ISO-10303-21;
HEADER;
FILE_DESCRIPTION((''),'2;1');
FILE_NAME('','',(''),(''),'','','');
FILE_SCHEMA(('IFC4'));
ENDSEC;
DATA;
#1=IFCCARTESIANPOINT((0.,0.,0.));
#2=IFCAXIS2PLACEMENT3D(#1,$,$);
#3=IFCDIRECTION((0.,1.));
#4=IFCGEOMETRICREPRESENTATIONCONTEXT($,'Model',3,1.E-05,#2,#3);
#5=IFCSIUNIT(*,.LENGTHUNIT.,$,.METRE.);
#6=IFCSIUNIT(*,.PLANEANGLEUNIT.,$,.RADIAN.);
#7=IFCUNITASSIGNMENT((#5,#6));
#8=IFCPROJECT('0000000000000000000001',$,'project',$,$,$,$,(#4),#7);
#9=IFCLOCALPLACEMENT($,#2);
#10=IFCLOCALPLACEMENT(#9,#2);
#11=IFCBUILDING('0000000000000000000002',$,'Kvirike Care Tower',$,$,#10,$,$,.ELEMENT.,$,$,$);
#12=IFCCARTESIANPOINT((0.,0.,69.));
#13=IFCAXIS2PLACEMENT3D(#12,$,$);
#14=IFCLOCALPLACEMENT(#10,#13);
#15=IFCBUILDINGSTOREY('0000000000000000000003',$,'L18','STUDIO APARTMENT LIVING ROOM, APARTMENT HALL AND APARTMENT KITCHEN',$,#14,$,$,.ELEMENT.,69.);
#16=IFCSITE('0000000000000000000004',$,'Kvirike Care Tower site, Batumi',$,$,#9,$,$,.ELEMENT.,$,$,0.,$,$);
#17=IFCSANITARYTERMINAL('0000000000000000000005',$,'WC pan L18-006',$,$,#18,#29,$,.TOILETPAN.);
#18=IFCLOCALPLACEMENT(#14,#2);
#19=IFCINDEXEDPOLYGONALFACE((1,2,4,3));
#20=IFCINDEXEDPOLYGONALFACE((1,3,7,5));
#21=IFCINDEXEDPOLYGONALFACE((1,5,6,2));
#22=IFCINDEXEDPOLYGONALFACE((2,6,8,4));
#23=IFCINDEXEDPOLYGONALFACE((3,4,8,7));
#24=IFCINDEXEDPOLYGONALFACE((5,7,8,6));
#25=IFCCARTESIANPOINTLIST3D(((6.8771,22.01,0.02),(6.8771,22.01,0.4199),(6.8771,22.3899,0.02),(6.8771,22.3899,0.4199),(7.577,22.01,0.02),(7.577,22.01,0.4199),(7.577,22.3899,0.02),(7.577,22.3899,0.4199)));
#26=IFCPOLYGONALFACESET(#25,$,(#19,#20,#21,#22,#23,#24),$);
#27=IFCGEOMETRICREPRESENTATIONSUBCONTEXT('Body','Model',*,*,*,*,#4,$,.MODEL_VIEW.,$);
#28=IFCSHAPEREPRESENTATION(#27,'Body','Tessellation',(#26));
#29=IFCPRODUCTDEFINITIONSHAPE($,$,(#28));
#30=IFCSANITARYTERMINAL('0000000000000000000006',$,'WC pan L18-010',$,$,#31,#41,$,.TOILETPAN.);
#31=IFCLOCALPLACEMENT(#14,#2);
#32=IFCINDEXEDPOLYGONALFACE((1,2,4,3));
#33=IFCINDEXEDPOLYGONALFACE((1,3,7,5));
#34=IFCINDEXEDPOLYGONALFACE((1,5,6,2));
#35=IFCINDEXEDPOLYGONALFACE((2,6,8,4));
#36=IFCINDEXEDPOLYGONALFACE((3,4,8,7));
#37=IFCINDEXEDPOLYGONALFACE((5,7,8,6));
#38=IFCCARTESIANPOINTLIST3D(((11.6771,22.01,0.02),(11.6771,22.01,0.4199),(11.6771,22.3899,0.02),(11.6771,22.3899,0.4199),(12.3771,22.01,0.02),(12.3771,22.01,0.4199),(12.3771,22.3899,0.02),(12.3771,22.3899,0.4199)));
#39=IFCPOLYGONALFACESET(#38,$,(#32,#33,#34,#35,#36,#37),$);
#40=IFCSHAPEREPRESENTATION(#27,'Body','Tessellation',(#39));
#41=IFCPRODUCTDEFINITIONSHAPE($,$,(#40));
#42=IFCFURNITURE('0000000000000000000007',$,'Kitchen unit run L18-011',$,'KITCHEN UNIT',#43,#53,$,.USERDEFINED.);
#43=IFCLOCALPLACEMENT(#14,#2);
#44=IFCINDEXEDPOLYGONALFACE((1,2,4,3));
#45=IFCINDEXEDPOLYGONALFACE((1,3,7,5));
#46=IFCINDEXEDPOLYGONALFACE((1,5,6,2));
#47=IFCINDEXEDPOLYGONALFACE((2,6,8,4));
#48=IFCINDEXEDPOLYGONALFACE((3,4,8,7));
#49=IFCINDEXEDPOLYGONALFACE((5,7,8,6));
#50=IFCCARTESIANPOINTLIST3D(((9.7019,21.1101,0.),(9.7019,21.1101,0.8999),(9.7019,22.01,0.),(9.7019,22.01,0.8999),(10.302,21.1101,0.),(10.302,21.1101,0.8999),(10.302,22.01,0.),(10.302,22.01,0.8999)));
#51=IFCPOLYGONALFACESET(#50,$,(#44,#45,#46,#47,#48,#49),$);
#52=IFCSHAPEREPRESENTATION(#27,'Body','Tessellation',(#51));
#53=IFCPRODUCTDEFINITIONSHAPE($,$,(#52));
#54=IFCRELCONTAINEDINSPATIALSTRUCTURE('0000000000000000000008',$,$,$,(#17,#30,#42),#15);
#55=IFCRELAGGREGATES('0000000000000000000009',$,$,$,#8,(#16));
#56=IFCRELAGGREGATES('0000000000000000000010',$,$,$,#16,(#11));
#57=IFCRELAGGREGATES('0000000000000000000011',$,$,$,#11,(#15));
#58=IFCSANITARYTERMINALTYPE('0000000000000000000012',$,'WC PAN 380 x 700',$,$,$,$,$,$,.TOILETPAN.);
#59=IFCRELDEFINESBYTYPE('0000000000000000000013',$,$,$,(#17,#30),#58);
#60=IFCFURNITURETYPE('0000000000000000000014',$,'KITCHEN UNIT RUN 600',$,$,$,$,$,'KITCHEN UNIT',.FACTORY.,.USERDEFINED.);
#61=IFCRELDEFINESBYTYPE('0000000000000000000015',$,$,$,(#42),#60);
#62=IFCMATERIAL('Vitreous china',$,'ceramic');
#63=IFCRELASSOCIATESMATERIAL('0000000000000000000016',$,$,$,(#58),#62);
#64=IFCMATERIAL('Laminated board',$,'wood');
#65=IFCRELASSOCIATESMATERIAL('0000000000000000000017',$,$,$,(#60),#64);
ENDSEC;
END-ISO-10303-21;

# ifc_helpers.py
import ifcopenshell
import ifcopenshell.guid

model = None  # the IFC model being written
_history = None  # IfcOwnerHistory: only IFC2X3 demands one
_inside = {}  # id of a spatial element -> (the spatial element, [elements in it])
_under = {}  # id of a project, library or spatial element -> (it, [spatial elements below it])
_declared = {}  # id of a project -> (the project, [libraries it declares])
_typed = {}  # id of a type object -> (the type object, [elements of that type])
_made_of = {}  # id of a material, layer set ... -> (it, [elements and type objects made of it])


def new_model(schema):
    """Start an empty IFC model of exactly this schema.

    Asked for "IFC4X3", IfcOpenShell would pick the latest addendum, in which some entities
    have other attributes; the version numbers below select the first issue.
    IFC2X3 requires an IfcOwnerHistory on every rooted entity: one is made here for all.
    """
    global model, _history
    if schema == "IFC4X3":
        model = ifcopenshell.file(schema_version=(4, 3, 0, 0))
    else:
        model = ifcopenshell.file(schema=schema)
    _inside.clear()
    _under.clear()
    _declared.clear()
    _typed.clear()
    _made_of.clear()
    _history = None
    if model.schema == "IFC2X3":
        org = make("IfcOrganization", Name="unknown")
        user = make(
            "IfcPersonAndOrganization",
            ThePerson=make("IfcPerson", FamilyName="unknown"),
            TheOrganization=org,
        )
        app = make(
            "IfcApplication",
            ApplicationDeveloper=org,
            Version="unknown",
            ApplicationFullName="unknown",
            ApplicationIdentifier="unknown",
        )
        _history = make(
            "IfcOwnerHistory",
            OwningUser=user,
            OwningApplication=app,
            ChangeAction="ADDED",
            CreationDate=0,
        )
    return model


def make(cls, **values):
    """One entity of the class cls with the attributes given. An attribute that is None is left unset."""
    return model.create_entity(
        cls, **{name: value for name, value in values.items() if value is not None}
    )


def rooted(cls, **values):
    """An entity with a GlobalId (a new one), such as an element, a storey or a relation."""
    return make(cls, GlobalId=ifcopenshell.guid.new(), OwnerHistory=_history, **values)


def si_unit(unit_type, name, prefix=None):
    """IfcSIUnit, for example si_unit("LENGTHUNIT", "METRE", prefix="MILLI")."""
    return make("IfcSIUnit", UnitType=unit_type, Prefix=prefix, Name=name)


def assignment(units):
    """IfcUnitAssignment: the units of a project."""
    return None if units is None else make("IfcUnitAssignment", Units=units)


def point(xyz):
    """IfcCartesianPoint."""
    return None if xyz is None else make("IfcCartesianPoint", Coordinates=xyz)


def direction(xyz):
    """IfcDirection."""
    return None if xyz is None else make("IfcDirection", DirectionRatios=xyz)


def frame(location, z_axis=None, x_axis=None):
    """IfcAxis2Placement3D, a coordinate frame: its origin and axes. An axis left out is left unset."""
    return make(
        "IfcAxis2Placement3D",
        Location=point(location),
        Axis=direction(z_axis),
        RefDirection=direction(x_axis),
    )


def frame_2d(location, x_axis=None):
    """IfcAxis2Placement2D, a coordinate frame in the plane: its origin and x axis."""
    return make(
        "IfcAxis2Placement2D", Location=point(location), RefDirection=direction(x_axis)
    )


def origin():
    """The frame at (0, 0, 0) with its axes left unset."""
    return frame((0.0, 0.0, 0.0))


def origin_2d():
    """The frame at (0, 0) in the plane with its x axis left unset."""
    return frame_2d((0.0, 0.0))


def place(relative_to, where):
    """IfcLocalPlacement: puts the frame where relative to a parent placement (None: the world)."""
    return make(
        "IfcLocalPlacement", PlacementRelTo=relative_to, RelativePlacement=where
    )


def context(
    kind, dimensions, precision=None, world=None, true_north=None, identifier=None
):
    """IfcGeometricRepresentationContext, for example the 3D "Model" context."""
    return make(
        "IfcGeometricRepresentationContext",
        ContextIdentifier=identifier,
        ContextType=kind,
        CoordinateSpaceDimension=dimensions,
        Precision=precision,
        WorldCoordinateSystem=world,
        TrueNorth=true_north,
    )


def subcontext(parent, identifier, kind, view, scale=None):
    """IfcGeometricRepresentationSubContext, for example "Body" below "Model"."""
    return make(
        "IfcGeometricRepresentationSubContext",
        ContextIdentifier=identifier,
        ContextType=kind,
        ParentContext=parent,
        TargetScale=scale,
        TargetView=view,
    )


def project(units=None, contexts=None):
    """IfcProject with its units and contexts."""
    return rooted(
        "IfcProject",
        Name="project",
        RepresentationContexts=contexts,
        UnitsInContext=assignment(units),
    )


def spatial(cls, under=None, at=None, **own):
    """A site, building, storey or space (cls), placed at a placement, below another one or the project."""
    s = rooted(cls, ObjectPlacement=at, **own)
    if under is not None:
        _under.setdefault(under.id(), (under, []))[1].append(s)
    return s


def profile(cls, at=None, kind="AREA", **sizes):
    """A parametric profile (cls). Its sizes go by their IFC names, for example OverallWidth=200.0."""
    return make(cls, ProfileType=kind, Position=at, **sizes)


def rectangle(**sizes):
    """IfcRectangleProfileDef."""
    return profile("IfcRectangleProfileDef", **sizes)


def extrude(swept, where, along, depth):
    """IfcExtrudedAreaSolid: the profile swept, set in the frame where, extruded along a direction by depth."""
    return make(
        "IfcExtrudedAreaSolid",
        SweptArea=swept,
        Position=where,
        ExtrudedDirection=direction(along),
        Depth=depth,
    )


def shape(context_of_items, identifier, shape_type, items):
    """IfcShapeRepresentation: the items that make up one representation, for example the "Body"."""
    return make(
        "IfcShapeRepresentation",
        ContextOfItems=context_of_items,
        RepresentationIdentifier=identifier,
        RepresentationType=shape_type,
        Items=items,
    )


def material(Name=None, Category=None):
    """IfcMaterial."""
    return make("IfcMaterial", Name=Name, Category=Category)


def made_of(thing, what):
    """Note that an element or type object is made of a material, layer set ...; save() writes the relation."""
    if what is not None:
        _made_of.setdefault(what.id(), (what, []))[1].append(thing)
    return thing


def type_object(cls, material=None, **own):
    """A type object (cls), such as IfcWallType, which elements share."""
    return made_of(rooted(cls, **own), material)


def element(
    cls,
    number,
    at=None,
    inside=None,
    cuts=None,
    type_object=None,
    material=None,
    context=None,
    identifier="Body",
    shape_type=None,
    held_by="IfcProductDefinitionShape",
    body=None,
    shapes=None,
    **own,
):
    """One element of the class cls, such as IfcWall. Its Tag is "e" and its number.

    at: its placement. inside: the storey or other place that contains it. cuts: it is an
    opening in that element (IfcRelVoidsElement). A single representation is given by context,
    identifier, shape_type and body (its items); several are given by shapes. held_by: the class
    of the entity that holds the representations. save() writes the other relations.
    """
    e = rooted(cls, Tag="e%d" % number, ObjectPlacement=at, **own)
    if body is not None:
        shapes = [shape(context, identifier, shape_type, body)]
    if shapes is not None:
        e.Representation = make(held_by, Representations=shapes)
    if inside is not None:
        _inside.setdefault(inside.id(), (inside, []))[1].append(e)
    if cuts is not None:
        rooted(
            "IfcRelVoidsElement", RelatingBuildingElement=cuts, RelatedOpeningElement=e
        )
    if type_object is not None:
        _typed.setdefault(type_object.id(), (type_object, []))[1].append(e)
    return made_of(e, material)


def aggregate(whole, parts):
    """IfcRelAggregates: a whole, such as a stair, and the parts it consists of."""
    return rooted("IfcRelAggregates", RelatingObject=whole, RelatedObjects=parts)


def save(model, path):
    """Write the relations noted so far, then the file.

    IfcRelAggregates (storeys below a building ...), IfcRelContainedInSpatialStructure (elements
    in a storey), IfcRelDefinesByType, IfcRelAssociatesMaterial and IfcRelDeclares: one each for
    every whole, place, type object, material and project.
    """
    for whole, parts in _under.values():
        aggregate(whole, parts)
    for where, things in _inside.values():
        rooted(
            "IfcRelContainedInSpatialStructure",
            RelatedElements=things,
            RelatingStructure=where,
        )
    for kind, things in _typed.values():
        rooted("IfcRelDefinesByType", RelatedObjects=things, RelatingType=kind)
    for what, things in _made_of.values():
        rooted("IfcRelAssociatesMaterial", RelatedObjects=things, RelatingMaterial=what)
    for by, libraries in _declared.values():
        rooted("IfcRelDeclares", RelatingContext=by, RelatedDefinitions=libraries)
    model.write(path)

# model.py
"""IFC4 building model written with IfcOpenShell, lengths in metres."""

from ifc_helpers import new_model, si_unit, direction, frame, origin, origin_2d, place, context, subcontext, project, spatial, rectangle, extrude, material, type_object, element, save


model = new_model("IFC4")

# Units and contexts
model_context = context("Model", 3, precision=1e-05, world=origin(), true_north=direction((0.0, 1.0)))
body_context = subcontext(model_context, "Body", "Model", "MODEL_VIEW")
ifc_project = project(units=[si_unit("LENGTHUNIT", "METRE"), si_unit("PLANEANGLEUNIT", "RADIAN")], contexts=[model_context])

# Site, building, storey
site_placement = place(None, origin())
site = spatial("IfcSite", under=ifc_project, at=site_placement, Name="Kvirike Care Tower site, Batumi", CompositionType="ELEMENT", RefElevation=0.0)
building_placement = place(site_placement, origin())
building = spatial("IfcBuilding", under=site, at=building_placement, Name="Kvirike Care Tower", CompositionType="ELEMENT")
storey_placement = place(building_placement, frame((0.0, 0.0, 69.0)))
storey = spatial("IfcBuildingStorey", under=building, at=storey_placement, Name="L18", Description="STUDIO APARTMENT LIVING ROOM, APARTMENT HALL AND APARTMENT KITCHEN", CompositionType="ELEMENT", Elevation=69.0)

# Sanitary terminals
ifc_material_1 = material(Name="Vitreous china", Category="ceramic")
sanitary_terminal_type_1 = type_object("IfcSanitaryTerminalType", Name="WC PAN 380 x 700", PredefinedType="TOILETPAN", material=ifc_material_1)
for number, where, z_axis, x_axis, name in (
    (1, (7.2271, 22.2, 0.02), (0.0, 0.0, 1.0), (0.0, 1.0, 0.0), "WC pan L18-006"),
    (2, (12.0271, 22.2, 0.02), (0.0, 0.0, 1.0), (0.0, 1.0, 0.0), "WC pan L18-010"),
):
    element("IfcSanitaryTerminal", number, at=place(storey_placement, frame(where, z_axis=z_axis, x_axis=x_axis)), inside=storey, type_object=sanitary_terminal_type_1, Name=name, PredefinedType="TOILETPAN", context=body_context, shape_type="SweptSolid", body=[
        extrude(rectangle(XDim=0.3799, YDim=0.7, at=origin_2d()), origin(), (0.0, 0.0, 1.0), 0.3999),
    ])

# Furniture
ifc_material_2 = material(Name="Laminated board", Category="wood")
furniture_type = type_object("IfcFurnitureType", Name="KITCHEN UNIT RUN 600", ElementType="KITCHEN UNIT", AssemblyPlace="FACTORY", PredefinedType="USERDEFINED", material=ifc_material_2)
furniture_placement = place(storey_placement, frame((10.002, 21.5601, 0.0), z_axis=(0.0, 0.0, 1.0), x_axis=(0.0, 1.0, 0.0)))
element("IfcFurniture", 3, at=furniture_placement, inside=storey, type_object=furniture_type, Name="Kitchen unit run L18-011", ObjectType="KITCHEN UNIT", PredefinedType="USERDEFINED", context=body_context, shape_type="SweptSolid", body=[
    extrude(rectangle(XDim=0.8999, YDim=0.6001, at=origin_2d()), origin(), (0.0, 0.0, 1.0), 0.8999),
])

save(model, "model.ifc")
